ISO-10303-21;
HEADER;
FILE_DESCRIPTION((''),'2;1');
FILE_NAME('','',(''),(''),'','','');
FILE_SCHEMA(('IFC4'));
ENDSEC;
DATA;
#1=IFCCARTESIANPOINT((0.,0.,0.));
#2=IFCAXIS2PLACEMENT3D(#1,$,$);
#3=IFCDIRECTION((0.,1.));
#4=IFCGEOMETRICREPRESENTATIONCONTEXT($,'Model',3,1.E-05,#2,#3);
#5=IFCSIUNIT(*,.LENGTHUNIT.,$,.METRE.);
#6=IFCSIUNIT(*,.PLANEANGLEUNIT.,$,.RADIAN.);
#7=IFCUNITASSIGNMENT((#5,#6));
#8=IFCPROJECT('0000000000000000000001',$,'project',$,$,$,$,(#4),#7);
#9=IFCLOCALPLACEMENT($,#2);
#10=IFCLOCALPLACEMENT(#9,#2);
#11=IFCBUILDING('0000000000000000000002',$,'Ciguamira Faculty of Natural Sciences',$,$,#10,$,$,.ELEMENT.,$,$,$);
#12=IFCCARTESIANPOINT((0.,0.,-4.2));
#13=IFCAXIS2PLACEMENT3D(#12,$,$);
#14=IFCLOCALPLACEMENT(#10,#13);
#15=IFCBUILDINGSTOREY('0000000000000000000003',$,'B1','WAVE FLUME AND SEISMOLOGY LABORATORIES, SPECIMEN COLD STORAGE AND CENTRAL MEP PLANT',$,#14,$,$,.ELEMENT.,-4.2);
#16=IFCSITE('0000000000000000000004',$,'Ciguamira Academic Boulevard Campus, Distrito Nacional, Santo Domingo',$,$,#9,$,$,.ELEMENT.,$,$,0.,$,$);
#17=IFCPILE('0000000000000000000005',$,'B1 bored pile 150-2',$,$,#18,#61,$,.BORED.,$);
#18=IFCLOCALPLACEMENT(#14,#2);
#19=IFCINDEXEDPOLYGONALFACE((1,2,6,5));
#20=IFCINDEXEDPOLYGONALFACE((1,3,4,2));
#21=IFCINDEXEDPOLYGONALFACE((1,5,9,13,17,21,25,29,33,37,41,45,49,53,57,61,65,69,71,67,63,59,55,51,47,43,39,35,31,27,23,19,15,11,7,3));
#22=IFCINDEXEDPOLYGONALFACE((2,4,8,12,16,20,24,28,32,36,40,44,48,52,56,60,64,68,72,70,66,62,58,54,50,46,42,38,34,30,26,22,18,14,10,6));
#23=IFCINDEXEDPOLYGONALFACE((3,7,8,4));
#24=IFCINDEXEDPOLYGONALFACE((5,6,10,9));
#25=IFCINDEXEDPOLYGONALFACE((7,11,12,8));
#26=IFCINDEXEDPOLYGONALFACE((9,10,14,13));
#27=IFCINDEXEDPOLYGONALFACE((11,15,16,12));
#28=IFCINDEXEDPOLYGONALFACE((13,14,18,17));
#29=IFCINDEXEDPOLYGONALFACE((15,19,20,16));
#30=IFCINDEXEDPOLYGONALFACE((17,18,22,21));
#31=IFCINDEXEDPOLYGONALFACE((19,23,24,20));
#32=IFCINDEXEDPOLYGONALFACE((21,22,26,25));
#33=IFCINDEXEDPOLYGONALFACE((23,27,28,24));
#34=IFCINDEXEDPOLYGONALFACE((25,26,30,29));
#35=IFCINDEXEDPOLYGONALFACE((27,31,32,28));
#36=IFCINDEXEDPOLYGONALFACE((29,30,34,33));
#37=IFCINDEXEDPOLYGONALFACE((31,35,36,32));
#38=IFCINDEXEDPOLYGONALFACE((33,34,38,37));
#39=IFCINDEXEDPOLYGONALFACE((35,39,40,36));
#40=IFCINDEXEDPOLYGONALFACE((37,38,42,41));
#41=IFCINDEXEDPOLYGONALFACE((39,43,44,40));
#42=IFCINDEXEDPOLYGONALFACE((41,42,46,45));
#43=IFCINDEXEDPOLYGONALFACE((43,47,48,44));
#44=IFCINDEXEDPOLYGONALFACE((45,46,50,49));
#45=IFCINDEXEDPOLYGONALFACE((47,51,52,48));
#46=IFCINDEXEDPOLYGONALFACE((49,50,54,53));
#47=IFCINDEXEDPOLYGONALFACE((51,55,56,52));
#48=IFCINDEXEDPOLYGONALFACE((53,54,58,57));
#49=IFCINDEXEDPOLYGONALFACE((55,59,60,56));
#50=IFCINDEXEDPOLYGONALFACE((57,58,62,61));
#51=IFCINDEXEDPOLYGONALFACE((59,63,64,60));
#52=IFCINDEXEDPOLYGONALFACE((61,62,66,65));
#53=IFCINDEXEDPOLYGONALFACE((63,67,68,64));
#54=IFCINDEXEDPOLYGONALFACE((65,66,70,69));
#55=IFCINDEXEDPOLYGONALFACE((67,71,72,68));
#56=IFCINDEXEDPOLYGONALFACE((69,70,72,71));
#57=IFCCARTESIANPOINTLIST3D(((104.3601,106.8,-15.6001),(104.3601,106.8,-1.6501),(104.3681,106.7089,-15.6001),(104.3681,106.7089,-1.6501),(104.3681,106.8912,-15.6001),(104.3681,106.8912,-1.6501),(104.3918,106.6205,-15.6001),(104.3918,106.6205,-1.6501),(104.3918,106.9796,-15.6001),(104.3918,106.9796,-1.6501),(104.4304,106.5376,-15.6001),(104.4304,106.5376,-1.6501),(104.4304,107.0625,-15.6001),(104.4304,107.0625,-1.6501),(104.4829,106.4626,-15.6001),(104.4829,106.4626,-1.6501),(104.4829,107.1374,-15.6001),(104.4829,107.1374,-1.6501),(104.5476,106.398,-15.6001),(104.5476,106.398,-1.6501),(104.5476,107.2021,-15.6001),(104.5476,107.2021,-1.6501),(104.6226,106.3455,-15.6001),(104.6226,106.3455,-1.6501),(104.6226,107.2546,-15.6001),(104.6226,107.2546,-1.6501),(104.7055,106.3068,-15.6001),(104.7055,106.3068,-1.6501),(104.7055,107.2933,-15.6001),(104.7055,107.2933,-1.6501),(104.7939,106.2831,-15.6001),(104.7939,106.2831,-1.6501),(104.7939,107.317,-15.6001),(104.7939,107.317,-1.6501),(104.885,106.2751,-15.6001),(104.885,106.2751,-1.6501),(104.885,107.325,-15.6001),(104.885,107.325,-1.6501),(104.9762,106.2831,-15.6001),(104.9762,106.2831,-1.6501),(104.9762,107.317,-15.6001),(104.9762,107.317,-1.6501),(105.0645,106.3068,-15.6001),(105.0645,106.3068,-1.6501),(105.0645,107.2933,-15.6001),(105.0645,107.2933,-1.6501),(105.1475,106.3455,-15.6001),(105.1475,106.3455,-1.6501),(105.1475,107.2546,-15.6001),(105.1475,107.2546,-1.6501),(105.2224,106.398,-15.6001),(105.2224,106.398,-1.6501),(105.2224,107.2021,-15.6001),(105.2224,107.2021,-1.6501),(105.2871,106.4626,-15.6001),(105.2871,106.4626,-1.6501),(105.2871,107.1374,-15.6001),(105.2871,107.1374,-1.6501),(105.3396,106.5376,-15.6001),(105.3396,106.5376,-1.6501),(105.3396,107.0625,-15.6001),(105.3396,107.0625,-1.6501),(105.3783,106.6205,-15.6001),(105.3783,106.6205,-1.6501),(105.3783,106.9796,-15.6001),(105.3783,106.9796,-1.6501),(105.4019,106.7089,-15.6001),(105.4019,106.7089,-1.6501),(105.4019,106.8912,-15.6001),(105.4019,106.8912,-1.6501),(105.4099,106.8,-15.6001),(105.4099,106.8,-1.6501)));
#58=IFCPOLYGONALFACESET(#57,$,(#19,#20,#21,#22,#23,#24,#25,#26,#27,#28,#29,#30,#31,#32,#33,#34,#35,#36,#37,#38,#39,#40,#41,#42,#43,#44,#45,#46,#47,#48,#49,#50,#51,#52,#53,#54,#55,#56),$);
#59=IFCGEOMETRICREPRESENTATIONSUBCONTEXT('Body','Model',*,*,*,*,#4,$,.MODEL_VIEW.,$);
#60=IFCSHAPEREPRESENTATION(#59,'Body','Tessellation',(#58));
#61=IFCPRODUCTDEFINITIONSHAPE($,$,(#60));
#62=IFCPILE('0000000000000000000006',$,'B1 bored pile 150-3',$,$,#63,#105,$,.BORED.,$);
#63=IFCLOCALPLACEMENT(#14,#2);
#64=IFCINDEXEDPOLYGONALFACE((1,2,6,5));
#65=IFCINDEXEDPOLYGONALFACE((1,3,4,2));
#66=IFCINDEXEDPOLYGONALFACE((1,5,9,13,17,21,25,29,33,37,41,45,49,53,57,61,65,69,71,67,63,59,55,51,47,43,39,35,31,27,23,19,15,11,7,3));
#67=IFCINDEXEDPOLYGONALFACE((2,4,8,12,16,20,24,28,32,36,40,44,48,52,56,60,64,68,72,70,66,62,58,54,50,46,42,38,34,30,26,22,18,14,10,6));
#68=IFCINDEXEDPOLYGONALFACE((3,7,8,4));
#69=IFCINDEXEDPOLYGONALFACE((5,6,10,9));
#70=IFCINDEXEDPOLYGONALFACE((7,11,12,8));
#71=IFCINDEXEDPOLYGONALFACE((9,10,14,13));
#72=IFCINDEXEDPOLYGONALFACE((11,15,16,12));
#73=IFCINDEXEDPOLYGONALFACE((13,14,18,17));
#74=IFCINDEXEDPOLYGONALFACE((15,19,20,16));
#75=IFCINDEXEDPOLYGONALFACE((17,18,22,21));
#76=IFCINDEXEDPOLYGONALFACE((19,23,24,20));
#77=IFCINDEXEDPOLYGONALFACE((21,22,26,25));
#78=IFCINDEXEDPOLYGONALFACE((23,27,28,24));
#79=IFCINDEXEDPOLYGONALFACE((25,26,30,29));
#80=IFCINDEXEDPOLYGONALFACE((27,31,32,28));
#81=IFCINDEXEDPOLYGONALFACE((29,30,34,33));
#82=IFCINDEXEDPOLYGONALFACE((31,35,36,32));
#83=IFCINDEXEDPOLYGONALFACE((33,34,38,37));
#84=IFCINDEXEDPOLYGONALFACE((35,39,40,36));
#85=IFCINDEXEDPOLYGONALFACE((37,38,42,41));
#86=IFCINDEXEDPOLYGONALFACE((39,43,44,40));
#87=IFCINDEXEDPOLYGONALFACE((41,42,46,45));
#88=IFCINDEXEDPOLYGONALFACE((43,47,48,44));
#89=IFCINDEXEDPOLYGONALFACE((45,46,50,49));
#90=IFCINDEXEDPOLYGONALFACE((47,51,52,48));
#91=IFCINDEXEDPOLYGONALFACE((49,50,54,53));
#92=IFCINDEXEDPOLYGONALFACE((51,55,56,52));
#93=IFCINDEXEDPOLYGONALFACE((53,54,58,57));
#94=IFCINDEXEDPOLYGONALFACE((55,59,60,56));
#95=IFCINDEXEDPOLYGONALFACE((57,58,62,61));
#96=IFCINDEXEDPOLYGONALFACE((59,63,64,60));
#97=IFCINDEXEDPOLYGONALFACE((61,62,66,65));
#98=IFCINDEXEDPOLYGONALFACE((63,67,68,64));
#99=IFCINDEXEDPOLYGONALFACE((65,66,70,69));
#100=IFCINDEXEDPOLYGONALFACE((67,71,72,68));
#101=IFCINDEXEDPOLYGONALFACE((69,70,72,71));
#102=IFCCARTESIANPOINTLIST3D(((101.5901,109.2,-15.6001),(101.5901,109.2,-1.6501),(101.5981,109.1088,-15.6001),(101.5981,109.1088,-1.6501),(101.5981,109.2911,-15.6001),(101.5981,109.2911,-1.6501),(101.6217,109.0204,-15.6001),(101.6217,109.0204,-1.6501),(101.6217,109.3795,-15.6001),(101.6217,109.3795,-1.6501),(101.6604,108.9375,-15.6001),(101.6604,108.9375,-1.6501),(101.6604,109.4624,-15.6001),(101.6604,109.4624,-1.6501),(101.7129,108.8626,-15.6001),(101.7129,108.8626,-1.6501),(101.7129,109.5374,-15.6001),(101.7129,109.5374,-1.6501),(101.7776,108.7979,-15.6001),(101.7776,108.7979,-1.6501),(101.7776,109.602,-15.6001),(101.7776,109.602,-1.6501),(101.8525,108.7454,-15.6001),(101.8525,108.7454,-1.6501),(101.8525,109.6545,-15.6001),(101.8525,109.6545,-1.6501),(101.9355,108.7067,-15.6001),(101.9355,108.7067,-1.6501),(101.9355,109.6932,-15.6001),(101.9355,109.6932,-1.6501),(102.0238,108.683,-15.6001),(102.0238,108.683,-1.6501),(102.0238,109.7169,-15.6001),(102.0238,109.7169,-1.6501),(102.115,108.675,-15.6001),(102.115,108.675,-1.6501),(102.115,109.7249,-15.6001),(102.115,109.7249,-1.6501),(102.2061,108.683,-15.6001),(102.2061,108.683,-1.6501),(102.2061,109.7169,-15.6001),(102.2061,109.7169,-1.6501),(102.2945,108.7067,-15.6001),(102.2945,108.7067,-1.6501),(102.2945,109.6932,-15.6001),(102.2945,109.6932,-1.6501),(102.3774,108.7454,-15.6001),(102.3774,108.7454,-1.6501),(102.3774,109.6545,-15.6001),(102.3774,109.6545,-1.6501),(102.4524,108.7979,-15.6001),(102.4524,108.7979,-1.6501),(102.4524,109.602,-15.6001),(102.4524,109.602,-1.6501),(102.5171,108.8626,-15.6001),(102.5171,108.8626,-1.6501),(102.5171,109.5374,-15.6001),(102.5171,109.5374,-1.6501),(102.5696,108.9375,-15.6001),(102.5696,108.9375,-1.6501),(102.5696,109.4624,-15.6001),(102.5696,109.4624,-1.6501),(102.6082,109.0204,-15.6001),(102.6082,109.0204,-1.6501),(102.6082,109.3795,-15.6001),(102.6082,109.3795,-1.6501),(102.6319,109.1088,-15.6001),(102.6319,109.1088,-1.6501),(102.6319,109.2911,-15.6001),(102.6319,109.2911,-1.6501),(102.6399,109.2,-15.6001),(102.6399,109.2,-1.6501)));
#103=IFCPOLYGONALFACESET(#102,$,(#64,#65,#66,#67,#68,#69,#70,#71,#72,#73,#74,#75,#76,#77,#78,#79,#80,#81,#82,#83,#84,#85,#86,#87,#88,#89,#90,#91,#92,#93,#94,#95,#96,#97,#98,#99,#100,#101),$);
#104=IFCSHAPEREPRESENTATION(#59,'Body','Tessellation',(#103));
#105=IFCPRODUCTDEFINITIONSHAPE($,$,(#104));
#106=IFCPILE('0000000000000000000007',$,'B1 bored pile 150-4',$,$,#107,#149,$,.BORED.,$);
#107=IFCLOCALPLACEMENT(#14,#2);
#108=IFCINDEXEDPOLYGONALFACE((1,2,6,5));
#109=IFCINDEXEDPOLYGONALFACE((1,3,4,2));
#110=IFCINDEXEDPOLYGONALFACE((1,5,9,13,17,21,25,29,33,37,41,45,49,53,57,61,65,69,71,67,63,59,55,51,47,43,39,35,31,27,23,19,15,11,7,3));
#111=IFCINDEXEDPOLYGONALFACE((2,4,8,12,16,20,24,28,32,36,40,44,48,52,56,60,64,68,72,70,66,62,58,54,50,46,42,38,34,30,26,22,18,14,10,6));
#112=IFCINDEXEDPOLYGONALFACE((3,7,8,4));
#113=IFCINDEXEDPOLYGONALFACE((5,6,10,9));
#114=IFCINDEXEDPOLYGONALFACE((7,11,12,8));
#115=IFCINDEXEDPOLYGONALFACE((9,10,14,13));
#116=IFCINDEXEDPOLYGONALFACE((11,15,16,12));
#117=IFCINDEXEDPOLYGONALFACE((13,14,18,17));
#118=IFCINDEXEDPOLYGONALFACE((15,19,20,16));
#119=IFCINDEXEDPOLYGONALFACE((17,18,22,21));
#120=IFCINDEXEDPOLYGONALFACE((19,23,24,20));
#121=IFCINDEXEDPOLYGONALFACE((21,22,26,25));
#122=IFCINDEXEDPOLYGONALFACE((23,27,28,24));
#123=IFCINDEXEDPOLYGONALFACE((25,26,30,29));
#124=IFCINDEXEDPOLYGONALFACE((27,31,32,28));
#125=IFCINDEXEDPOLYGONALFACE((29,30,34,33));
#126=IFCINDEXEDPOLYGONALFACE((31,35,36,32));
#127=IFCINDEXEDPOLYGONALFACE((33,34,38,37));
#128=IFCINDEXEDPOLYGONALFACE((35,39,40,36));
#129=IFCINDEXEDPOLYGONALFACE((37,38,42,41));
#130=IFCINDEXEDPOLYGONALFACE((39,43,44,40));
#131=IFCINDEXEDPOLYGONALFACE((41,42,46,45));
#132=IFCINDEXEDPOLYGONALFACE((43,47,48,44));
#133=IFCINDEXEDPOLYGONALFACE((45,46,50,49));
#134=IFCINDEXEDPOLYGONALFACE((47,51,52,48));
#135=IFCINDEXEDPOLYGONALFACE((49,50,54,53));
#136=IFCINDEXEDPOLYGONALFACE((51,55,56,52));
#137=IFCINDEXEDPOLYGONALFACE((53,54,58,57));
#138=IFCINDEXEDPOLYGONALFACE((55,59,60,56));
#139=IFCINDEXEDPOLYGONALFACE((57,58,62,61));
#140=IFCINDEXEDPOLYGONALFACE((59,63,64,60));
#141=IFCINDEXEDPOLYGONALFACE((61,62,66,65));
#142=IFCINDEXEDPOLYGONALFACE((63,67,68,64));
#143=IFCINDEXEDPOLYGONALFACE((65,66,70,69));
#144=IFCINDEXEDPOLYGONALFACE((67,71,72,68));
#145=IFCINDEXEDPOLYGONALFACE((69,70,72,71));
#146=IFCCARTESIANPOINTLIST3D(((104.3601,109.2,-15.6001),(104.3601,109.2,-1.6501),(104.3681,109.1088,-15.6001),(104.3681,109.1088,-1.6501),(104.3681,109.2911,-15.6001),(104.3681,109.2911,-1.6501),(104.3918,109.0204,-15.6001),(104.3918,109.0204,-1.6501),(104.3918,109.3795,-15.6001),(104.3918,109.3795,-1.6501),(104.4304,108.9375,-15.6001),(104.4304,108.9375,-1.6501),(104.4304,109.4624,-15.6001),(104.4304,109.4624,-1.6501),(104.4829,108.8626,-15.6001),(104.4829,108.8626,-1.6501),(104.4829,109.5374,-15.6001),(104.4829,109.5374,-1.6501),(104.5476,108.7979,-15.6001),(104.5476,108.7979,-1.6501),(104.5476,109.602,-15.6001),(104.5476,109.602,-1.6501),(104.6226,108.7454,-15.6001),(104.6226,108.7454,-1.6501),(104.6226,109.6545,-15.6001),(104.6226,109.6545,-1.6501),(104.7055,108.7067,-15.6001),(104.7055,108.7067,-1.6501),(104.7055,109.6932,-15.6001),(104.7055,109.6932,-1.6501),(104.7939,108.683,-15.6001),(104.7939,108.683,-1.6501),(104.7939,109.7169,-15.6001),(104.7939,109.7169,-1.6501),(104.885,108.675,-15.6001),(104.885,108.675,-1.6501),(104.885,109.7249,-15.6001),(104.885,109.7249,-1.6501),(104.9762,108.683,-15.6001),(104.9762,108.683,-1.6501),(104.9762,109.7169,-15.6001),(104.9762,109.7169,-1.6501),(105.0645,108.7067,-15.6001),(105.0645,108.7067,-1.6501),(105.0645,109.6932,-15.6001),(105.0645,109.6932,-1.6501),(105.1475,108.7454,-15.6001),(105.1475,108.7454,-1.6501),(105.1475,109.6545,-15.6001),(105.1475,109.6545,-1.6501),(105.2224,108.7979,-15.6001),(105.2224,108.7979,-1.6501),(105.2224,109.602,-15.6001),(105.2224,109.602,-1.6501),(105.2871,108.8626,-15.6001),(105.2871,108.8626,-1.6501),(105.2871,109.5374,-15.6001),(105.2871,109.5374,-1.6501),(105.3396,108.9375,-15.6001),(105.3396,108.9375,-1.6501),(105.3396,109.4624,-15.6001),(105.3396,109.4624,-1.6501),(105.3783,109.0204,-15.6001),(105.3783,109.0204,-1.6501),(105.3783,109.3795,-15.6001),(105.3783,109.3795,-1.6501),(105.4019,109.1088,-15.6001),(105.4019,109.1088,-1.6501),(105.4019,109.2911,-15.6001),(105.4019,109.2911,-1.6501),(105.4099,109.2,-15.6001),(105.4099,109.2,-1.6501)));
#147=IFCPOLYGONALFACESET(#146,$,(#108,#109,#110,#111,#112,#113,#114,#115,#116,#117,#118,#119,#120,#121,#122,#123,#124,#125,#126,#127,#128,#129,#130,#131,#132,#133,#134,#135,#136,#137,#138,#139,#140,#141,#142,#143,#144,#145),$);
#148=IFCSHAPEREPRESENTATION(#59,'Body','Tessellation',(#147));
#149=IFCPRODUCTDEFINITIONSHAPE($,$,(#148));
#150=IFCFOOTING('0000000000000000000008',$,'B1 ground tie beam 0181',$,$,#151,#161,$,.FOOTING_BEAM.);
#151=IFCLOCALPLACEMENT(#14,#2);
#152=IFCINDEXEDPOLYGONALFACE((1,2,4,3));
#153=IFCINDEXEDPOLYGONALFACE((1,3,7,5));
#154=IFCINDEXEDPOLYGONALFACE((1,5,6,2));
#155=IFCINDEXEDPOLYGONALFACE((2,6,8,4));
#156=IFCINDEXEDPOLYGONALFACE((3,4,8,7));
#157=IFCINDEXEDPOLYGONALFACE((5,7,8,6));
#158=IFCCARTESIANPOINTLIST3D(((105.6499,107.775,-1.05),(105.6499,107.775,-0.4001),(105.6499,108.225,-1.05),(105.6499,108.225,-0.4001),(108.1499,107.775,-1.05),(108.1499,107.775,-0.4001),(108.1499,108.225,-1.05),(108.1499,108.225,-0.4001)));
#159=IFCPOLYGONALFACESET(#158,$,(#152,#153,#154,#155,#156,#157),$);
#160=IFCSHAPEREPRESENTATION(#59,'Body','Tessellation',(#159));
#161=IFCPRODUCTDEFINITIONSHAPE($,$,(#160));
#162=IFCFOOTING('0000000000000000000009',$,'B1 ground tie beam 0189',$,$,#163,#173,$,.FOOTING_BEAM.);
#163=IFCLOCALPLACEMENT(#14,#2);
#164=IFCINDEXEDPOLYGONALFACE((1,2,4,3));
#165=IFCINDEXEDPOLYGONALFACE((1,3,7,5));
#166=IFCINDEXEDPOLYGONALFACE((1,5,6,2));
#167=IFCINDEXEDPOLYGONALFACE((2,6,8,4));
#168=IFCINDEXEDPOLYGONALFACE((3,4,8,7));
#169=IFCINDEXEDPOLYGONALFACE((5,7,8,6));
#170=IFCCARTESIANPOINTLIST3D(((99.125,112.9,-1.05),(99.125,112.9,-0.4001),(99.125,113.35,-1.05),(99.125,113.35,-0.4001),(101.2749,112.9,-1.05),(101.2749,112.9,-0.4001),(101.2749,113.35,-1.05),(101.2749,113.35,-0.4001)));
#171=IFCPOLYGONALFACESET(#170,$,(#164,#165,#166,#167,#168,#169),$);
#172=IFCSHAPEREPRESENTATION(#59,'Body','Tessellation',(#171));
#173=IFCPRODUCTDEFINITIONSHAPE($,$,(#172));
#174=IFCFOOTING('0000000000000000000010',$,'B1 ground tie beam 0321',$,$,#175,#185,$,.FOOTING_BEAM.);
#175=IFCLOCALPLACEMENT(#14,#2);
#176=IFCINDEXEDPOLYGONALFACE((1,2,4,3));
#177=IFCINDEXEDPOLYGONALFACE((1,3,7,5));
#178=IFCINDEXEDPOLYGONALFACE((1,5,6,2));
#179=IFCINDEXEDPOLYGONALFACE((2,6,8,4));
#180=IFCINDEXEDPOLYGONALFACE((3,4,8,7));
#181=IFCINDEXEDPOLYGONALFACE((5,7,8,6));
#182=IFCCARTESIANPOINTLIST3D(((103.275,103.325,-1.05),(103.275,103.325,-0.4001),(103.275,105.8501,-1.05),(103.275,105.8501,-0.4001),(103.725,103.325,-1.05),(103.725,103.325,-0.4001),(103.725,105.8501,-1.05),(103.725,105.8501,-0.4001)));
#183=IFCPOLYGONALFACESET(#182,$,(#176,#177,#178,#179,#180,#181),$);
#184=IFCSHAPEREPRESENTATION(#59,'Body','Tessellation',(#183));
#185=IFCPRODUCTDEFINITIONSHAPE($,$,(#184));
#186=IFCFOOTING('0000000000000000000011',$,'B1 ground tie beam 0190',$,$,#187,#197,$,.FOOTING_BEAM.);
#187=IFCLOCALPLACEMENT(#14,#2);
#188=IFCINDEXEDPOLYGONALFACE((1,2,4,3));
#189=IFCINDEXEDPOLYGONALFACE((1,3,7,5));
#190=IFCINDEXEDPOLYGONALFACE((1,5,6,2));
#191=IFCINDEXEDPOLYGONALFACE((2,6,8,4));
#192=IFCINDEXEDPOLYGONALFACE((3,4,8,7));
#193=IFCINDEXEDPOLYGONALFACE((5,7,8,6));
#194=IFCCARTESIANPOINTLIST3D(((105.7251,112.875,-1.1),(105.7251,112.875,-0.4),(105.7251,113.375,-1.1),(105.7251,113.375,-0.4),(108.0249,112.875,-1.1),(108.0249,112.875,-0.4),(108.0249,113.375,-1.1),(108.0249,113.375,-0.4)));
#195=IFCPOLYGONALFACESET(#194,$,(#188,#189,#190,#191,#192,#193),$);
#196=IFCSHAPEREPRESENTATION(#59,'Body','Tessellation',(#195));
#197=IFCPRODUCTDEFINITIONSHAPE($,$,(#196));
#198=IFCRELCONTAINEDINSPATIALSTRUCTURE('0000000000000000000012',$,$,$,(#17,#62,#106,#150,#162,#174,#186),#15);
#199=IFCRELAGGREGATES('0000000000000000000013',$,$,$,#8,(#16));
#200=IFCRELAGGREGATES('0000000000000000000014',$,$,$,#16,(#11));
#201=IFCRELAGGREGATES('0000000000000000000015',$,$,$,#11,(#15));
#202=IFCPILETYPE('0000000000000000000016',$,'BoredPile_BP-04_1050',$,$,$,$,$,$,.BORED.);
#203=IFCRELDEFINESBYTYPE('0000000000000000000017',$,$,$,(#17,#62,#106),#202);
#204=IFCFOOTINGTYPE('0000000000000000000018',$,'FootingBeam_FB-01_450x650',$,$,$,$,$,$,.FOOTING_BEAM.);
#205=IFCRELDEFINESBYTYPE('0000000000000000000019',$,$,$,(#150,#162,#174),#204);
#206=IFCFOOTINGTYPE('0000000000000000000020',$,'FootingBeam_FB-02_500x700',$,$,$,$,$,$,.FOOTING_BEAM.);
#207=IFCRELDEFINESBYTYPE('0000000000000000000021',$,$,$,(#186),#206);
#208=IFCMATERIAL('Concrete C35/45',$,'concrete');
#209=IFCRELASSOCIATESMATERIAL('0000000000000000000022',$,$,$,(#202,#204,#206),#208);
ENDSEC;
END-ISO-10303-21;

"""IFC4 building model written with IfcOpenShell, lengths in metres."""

from ifc_helpers import new_model, si_unit, direction, frame, origin, origin_2d, place, context, subcontext, project, spatial, rectangle, circle, extrude, material, material_profile, profile_set, type_object, element, save


model = new_model("IFC4")

# Units and contexts
model_context = context("Model", 3, precision=1e-05, world=origin(), true_north=direction((0.0, 1.0)))
body_context = subcontext(model_context, "Body", "Model", "MODEL_VIEW")
ifc_project = project(units=[si_unit("LENGTHUNIT", "METRE"), si_unit("PLANEANGLEUNIT", "RADIAN")], contexts=[model_context])

# Site, building, storey
site_placement = place(None, origin())
site = spatial("IfcSite", under=ifc_project, at=site_placement, Name="Ciguamira Academic Boulevard Campus, Distrito Nacional, Santo Domingo", CompositionType="ELEMENT", RefElevation=0.0)
building_placement = place(site_placement, origin())
building = spatial("IfcBuilding", under=site, at=building_placement, Name="Ciguamira Faculty of Natural Sciences", CompositionType="ELEMENT")
storey_placement = place(building_placement, frame((0.0, 0.0, -4.2)))
storey = spatial("IfcBuildingStorey", under=building, at=storey_placement, Name="B1", Description="WAVE FLUME AND SEISMOLOGY LABORATORIES, SPECIMEN COLD STORAGE AND CENTRAL MEP PLANT", CompositionType="ELEMENT", Elevation=-4.2)

# Piles
ifc_material_1 = material(Name="Concrete C35/45", Category="concrete")
ifc_material_profile_1 = material_profile(ifc_material_1, circle(Radius=0.5249, at=origin_2d()), Name="PILE-BORED-1050")
ifc_profile_set_1 = profile_set([ifc_material_profile_1], Name="Concrete C35/45")
pile_type_1 = type_object("IfcPileType", Name="BoredPile_BP-04_1050", PredefinedType="BORED", material=ifc_profile_set_1)
for number, where, z_axis, x_axis, name in (
    (1, (104.885, 106.8, -1.6501), (0.0, 0.0, -1.0), (1.0, 0.0, 0.0), "B1 bored pile 150-2"),
    (2, (102.115, 109.2, -1.6501), (0.0, 0.0, -1.0), (1.0, 0.0, 0.0), "B1 bored pile 150-3"),
    (3, (104.885, 109.2, -1.6501), (0.0, 0.0, -1.0), (1.0, 0.0, 0.0), "B1 bored pile 150-4"),
):
    element("IfcPile", number, at=place(storey_placement, frame(where, z_axis=z_axis, x_axis=x_axis)), inside=storey, type_object=pile_type_1, Name=name, PredefinedType="BORED", context=body_context, shape_type="SweptSolid", body=[
        extrude(circle(Radius=0.5249, at=origin_2d()), origin(), (0.0, 0.0, 1.0), 13.95),
    ])

# Footings
ifc_material_profile_2 = material_profile(ifc_material_1, rectangle(XDim=0.45, YDim=0.6499, at=origin_2d()), Name="RC-FB-450X650")
ifc_profile_set_2 = profile_set([ifc_material_profile_2], Name="Concrete C35/45")
footing_type_1 = type_object("IfcFootingType", Name="FootingBeam_FB-01_450x650", PredefinedType="FOOTING_BEAM", material=ifc_profile_set_2)
footing_1_placement = place(storey_placement, frame((105.6499, 108.0, -0.7251), z_axis=(1.0, 0.0, 0.0), x_axis=(0.0, 1.0, 0.0)))
element("IfcFooting", 4, at=footing_1_placement, inside=storey, type_object=footing_type_1, Name="B1 ground tie beam 0181", PredefinedType="FOOTING_BEAM", context=body_context, shape_type="SweptSolid", body=[
    extrude(rectangle(XDim=0.45, YDim=0.6499, at=origin_2d()), origin(), (0.0, 0.0, 1.0), 2.5),
])
footing_2_placement = place(storey_placement, frame((99.125, 113.125, -0.7251), z_axis=(1.0, 0.0, 0.0), x_axis=(0.0, 1.0, 0.0)))
element("IfcFooting", 5, at=footing_2_placement, inside=storey, type_object=footing_type_1, Name="B1 ground tie beam 0189", PredefinedType="FOOTING_BEAM", context=body_context, shape_type="SweptSolid", body=[
    extrude(rectangle(XDim=0.45, YDim=0.6499, at=origin_2d()), origin(), (0.0, 0.0, 1.0), 2.1499),
])
footing_3_placement = place(storey_placement, frame((103.5, 103.325, -0.7251), z_axis=(0.0, 1.0, 0.0), x_axis=(-1.0, 0.0, 0.0)))
element("IfcFooting", 6, at=footing_3_placement, inside=storey, type_object=footing_type_1, Name="B1 ground tie beam 0321", PredefinedType="FOOTING_BEAM", context=body_context, shape_type="SweptSolid", body=[
    extrude(rectangle(XDim=0.45, YDim=0.6499, at=origin_2d()), origin(), (0.0, 0.0, 1.0), 2.5251),
])
ifc_material_profile_3 = material_profile(ifc_material_1, rectangle(XDim=0.5, YDim=0.7, at=origin_2d()), Name="RC-FB-500X700")
ifc_profile_set_3 = profile_set([ifc_material_profile_3], Name="Concrete C35/45")
footing_type_2 = type_object("IfcFootingType", Name="FootingBeam_FB-02_500x700", PredefinedType="FOOTING_BEAM", material=ifc_profile_set_3)
footing_4_placement = place(storey_placement, frame((105.7251, 113.125, -0.75), z_axis=(1.0, 0.0, 0.0), x_axis=(0.0, 1.0, 0.0)))
element("IfcFooting", 7, at=footing_4_placement, inside=storey, type_object=footing_type_2, Name="B1 ground tie beam 0190", PredefinedType="FOOTING_BEAM", context=body_context, shape_type="SweptSolid", body=[
    extrude(rectangle(XDim=0.5, YDim=0.7, at=origin_2d()), origin(), (0.0, 0.0, 1.0), 2.2998),
])

save(model, "model.ifc")
